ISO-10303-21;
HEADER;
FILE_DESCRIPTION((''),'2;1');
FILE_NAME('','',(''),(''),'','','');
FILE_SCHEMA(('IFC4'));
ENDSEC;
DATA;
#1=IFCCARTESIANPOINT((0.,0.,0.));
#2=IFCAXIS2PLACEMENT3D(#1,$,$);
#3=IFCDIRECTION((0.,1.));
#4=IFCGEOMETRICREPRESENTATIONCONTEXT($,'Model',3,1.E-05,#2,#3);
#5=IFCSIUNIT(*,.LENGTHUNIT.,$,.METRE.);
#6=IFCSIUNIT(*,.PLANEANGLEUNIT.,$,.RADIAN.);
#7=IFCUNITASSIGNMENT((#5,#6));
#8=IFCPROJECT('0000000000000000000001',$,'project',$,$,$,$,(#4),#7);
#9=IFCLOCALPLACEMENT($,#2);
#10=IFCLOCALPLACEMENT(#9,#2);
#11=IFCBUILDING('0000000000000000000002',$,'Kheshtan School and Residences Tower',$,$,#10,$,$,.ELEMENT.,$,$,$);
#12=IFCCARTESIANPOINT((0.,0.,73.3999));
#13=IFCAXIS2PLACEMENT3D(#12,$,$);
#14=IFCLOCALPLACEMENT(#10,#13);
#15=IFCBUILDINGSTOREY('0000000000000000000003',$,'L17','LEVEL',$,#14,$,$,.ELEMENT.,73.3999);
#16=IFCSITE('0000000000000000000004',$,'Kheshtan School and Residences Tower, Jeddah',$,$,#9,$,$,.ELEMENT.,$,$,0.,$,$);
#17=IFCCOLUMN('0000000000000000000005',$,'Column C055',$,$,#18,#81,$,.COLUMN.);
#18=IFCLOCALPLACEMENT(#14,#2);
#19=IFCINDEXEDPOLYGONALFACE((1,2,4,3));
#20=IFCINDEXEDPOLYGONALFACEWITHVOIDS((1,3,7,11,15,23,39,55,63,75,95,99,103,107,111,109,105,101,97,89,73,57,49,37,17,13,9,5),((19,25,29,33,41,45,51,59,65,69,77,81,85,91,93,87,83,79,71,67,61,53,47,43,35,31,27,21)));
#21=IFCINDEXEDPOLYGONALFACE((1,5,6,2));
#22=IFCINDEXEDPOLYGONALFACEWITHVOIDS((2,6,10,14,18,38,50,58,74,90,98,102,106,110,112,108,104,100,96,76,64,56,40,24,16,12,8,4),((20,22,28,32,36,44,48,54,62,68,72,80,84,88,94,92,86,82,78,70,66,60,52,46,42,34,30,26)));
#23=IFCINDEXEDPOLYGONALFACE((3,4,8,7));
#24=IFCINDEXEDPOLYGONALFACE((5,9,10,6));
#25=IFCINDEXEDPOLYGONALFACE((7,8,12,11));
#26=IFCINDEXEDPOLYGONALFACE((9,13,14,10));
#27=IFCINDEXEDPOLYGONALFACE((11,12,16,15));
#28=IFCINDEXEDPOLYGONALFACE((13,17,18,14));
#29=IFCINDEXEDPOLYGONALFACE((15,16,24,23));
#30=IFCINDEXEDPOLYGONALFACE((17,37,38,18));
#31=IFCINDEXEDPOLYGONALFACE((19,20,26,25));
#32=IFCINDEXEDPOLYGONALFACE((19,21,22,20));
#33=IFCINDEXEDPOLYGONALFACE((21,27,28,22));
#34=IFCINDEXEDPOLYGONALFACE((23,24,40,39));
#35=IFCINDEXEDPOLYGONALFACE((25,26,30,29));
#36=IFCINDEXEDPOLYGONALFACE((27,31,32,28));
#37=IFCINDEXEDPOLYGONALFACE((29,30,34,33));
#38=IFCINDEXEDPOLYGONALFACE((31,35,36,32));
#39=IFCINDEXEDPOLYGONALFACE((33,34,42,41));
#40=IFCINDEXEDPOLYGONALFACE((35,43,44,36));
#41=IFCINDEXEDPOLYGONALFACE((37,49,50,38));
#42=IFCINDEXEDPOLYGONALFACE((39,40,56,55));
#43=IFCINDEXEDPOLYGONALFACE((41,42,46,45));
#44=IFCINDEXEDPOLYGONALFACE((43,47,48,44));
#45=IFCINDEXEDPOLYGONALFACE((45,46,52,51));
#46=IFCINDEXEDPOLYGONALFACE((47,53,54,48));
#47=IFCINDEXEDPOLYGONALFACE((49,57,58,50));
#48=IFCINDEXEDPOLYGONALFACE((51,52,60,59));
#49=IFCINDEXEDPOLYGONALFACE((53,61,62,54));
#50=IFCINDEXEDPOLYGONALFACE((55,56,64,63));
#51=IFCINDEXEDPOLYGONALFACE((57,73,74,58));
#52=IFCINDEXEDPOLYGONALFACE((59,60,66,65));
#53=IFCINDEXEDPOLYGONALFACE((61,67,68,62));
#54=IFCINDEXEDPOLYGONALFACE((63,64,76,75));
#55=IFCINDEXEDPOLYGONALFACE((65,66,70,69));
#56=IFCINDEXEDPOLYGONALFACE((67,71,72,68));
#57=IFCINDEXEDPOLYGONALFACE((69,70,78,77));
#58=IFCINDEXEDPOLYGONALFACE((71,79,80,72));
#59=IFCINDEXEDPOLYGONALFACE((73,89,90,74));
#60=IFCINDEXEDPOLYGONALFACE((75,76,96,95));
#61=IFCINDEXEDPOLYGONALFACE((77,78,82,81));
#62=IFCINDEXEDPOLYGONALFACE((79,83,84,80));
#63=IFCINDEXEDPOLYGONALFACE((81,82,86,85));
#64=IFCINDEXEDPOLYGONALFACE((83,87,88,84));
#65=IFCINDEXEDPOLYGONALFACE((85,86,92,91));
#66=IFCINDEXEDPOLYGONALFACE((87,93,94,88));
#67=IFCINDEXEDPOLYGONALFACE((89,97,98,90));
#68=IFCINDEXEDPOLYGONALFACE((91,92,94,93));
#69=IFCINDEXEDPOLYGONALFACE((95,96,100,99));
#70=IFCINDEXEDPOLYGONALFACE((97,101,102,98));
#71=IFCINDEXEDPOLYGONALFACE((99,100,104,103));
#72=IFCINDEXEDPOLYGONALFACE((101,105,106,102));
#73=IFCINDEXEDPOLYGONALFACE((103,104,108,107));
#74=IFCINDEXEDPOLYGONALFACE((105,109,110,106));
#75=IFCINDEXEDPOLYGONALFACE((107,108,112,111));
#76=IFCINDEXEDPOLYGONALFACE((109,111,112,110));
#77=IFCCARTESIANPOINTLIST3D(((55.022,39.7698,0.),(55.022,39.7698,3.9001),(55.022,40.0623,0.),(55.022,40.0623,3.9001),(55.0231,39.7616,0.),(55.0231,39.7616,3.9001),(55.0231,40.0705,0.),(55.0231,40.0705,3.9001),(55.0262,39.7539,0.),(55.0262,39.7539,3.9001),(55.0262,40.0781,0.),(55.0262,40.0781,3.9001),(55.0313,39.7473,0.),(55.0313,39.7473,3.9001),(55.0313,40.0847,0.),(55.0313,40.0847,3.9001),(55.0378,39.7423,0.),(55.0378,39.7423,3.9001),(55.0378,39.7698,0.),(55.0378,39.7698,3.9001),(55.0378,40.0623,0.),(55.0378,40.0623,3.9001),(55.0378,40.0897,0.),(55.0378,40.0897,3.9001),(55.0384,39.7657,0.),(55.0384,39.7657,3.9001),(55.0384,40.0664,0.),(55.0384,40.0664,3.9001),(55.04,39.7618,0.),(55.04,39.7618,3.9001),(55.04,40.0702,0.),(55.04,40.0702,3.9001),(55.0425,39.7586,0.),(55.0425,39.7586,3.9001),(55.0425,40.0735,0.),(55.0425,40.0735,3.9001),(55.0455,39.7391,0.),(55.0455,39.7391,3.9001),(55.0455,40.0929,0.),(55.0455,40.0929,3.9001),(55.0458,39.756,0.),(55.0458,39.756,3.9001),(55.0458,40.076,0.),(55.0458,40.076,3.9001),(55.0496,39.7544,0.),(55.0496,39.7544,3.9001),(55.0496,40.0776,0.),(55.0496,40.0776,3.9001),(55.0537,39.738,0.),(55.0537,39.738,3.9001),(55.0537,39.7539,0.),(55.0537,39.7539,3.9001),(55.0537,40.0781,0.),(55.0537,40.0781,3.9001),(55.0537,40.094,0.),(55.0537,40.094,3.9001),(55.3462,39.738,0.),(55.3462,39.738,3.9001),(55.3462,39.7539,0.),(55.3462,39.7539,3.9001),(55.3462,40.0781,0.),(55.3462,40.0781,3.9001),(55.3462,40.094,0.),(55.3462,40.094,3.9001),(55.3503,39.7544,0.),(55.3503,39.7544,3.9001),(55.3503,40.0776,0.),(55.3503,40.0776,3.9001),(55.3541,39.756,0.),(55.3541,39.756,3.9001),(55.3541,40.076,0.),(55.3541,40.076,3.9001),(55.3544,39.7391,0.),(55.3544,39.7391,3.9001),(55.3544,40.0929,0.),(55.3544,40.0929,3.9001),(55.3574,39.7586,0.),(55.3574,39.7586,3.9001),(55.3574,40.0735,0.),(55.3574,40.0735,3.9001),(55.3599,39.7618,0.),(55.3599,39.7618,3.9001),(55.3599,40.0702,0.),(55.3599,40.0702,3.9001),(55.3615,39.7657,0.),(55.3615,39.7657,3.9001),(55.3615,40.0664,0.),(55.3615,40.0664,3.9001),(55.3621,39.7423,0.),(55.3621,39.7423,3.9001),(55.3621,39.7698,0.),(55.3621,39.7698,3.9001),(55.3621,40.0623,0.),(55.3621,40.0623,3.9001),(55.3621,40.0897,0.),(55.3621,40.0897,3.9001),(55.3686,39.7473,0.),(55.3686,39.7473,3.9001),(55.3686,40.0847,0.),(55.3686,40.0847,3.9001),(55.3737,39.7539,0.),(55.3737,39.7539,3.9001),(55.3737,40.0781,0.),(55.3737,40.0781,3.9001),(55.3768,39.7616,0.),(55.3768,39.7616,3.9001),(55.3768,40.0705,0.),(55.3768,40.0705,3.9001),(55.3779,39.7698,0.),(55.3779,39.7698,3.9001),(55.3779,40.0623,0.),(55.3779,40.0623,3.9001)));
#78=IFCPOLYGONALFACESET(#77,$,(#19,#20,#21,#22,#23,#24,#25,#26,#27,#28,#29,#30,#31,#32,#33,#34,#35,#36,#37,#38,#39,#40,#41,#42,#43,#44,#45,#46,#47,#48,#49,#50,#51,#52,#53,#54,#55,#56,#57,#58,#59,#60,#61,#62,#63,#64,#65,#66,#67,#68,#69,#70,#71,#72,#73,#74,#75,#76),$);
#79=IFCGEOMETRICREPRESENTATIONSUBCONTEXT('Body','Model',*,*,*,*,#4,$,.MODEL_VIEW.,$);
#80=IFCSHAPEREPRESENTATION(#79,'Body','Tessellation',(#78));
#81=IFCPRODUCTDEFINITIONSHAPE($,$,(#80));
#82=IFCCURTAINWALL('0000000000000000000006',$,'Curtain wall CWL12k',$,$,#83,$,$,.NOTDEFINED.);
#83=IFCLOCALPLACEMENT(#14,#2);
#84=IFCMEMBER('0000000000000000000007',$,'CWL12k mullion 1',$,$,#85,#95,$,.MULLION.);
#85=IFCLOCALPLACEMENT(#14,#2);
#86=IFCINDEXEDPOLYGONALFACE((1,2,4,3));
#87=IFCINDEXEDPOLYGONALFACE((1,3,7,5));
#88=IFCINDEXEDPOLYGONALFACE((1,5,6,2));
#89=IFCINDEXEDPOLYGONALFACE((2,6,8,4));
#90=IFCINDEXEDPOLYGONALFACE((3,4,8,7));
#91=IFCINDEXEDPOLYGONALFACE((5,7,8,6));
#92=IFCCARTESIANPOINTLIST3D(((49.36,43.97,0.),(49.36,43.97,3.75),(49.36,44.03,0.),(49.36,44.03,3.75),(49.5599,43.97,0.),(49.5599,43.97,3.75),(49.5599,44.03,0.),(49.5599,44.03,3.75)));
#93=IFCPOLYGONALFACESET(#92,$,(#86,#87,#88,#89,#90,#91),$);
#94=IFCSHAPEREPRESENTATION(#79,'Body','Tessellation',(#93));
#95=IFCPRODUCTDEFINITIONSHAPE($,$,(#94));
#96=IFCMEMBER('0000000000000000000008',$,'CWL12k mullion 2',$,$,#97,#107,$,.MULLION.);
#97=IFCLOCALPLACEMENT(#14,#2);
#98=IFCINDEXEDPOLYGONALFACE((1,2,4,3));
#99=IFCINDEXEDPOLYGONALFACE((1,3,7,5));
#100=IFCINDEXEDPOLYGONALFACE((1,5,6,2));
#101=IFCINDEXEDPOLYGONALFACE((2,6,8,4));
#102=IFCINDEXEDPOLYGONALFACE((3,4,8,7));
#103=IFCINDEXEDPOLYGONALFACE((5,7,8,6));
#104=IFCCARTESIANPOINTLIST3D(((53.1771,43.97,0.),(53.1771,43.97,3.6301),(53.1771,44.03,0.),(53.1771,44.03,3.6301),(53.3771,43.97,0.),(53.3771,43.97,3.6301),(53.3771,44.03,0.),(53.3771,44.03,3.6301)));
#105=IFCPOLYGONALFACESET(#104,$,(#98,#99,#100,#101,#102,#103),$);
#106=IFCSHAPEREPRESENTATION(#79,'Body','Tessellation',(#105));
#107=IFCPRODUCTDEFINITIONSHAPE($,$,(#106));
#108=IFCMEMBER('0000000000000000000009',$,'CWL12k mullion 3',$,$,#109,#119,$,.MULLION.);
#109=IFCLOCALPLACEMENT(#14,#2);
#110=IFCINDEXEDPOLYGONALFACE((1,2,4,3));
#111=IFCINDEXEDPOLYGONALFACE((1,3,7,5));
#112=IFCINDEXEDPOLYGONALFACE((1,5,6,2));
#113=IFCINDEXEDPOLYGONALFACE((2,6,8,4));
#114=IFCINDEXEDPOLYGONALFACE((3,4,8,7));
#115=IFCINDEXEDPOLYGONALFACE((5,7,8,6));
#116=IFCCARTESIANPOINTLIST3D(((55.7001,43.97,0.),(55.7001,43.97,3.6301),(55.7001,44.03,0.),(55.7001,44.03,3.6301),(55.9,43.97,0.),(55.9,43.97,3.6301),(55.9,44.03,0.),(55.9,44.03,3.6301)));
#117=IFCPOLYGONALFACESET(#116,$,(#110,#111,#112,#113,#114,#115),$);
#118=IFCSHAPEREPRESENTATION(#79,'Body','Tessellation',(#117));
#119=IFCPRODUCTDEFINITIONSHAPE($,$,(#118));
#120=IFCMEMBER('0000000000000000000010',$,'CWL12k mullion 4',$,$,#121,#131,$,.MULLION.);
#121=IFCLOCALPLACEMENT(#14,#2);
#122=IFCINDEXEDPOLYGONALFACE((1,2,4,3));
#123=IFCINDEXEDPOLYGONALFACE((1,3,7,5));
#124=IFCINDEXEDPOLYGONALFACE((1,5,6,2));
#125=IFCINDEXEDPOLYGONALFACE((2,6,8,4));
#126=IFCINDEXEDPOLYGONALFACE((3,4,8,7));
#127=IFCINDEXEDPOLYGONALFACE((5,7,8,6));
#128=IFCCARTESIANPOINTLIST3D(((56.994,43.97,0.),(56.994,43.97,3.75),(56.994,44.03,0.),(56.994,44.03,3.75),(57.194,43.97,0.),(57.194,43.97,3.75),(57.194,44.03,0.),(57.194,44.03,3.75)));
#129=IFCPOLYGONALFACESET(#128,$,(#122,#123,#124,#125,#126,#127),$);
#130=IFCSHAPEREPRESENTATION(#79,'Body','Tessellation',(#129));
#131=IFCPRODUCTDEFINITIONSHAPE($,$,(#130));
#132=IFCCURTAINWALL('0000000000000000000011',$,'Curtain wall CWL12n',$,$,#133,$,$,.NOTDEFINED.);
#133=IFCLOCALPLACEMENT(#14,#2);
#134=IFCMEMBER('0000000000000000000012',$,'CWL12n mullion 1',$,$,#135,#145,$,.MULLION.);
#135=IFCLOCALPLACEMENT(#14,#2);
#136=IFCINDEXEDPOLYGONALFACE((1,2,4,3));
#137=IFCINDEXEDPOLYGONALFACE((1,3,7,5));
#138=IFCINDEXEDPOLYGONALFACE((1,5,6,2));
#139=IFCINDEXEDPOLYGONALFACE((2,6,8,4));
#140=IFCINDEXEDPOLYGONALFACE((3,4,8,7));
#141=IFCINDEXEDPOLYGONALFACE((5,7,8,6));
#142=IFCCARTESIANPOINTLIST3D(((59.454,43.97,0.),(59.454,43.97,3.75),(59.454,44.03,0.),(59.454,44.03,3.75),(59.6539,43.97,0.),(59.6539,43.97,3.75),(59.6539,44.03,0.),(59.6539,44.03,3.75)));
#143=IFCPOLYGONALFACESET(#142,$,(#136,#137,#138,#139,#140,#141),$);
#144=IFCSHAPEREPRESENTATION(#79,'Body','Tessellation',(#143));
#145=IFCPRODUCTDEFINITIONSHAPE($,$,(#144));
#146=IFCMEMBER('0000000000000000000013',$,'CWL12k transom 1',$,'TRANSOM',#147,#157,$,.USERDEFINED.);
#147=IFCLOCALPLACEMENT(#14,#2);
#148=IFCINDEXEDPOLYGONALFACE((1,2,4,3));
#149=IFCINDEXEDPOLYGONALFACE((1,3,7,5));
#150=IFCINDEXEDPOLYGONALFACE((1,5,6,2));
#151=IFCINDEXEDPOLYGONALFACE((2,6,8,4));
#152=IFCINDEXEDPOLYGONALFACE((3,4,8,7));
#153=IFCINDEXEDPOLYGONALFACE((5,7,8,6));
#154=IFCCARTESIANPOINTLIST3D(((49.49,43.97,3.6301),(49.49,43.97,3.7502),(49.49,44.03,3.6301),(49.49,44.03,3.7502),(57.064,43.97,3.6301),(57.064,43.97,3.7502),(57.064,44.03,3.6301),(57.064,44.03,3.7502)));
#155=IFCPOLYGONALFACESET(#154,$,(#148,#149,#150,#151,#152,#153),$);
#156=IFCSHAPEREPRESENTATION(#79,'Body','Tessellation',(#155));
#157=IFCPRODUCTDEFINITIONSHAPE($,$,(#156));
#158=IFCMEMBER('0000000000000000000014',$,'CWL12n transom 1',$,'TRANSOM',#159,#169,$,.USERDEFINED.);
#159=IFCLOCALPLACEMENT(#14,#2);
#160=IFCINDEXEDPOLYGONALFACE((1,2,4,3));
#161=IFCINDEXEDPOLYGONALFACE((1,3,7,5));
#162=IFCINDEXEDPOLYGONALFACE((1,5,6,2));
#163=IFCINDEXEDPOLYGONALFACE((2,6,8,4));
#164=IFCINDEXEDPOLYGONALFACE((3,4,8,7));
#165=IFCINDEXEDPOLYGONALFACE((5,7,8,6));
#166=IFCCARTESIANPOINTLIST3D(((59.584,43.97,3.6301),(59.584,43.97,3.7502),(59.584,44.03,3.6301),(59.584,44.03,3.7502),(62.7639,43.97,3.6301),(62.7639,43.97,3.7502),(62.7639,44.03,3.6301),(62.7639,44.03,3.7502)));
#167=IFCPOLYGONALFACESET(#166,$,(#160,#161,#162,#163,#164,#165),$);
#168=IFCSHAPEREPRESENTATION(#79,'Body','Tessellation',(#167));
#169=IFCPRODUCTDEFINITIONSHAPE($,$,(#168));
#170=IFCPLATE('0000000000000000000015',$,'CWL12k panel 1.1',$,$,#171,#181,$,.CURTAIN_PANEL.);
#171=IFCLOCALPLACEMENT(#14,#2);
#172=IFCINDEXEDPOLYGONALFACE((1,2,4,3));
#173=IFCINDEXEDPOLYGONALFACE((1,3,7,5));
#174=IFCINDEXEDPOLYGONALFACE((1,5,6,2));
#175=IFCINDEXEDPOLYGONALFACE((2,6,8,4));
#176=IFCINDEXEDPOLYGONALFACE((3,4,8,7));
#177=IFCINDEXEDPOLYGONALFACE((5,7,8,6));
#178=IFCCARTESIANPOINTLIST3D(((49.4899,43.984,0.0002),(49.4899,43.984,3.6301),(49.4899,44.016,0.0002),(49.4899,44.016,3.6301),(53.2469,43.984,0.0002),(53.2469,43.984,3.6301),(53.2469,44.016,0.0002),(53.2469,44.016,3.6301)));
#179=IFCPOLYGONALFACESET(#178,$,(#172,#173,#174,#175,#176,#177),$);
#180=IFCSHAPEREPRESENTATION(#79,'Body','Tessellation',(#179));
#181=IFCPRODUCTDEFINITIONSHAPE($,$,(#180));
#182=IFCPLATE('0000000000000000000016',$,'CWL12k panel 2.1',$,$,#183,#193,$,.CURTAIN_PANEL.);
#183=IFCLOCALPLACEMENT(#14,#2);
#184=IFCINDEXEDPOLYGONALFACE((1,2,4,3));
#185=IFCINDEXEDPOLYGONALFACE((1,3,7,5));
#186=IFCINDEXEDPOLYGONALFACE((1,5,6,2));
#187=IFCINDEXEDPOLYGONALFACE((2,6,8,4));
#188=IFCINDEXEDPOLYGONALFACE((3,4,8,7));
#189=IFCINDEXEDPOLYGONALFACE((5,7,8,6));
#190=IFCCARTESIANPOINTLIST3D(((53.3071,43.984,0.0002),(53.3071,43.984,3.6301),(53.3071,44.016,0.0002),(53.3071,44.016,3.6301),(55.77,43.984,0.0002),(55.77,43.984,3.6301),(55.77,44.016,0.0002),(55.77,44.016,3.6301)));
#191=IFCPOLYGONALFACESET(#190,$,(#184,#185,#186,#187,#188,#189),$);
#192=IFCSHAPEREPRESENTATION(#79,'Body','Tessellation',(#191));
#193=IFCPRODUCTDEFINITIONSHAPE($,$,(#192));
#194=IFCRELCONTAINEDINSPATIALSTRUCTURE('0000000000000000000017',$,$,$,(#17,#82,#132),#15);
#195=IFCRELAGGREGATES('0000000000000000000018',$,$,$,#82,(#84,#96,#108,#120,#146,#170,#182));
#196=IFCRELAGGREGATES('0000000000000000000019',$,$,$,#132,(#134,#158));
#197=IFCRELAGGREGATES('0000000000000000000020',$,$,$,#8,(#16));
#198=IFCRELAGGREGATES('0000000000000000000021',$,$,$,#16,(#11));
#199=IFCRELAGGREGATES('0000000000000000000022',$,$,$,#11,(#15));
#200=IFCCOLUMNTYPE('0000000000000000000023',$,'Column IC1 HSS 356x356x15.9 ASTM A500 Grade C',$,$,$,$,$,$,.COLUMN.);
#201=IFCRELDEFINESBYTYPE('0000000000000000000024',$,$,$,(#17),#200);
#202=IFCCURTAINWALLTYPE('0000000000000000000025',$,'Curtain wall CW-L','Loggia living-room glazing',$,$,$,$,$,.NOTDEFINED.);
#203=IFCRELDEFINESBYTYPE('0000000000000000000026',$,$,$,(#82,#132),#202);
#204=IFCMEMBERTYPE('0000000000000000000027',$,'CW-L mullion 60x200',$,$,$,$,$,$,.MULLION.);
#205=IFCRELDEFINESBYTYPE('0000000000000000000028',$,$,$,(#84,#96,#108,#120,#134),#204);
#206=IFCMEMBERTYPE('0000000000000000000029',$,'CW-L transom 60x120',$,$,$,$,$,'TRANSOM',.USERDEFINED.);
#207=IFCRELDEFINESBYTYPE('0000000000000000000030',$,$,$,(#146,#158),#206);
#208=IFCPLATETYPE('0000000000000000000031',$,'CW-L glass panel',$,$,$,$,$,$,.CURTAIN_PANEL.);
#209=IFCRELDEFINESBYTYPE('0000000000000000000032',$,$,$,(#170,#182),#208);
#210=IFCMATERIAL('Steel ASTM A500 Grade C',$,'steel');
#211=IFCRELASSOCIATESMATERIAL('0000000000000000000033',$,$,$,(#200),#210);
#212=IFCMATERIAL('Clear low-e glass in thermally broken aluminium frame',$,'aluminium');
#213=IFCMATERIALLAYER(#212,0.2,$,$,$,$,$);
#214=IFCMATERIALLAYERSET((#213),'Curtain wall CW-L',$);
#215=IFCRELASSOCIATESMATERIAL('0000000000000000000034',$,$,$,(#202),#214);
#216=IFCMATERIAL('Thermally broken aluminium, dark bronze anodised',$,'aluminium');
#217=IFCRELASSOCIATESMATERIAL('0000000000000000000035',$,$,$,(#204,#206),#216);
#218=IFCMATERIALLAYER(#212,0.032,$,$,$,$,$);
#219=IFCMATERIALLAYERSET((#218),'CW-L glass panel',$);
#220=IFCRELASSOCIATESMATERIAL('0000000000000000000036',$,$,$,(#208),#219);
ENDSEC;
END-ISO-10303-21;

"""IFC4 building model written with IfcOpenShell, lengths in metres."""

from ifc_helpers import new_model, si_unit, direction, frame, origin, origin_2d, place, context, subcontext, project, spatial, rectangle, hollow_rectangle, extrude, material, layer, layer_set, material_profile, profile_set, type_object, element, aggregate, save


model = new_model("IFC4")

# Units and contexts
model_context = context("Model", 3, precision=1e-05, world=origin(), true_north=direction((0.0, 1.0)))
body_context = subcontext(model_context, "Body", "Model", "MODEL_VIEW")
ifc_project = project(units=[si_unit("LENGTHUNIT", "METRE"), si_unit("PLANEANGLEUNIT", "RADIAN")], contexts=[model_context])

# Site, building, storey
site_placement = place(None, origin())
site = spatial("IfcSite", under=ifc_project, at=site_placement, Name="Kheshtan School and Residences Tower, Jeddah", CompositionType="ELEMENT", RefElevation=0.0)
building_placement = place(site_placement, origin())
building = spatial("IfcBuilding", under=site, at=building_placement, Name="Kheshtan School and Residences Tower", CompositionType="ELEMENT")
storey_placement = place(building_placement, frame((0.0, 0.0, 73.3999)))
storey = spatial("IfcBuildingStorey", under=building, at=storey_placement, Name="L17", Description="LEVEL", CompositionType="ELEMENT", Elevation=73.3999)

# Column
ifc_material_1 = material(Name="Steel ASTM A500 Grade C", Category="steel")
ifc_material_profile_1 = material_profile(ifc_material_1, hollow_rectangle(XDim=0.356, YDim=0.356, WallThickness=0.0159, InnerFilletRadius=0.0159, OuterFilletRadius=0.0317, at=origin_2d()), Name="HSS 356x356x15.9")
ifc_profile_set_1 = profile_set([ifc_material_profile_1], Name="Steel ASTM A500 Grade C")
column_type = type_object("IfcColumnType", Name="Column IC1 HSS 356x356x15.9 ASTM A500 Grade C", PredefinedType="COLUMN", material=ifc_profile_set_1)
column_placement = place(storey_placement, frame((55.2, 39.916, 0.0), z_axis=(0.0, 0.0, 1.0), x_axis=(1.0, 0.0, 0.0)))
element("IfcColumn", 1, at=column_placement, inside=storey, type_object=column_type, Name="Column C055", PredefinedType="COLUMN", context=body_context, shape_type="SweptSolid", body=[
    extrude(hollow_rectangle(XDim=0.356, YDim=0.356, WallThickness=0.0159, InnerFilletRadius=0.0159, OuterFilletRadius=0.0317, at=origin_2d()), origin(), (0.0, 0.0, 1.0), 3.9001),
])

# Curtain wall, members
ifc_material_2 = material(Name="Clear low-e glass in thermally broken aluminium frame", Category="aluminium")
ifc_layer_1 = layer(ifc_material_2, 0.2)
ifc_layer_set_1 = layer_set([ifc_layer_1], Name="Curtain wall CW-L")
curtain_wall_type = type_object("IfcCurtainWallType", Name="Curtain wall CW-L", Description="Loggia living-room glazing", PredefinedType="NOTDEFINED", material=ifc_layer_set_1)
curtain_wall_1_placement = place(storey_placement, origin())
curtain_wall_1 = element("IfcCurtainWall", 2, at=curtain_wall_1_placement, inside=storey, type_object=curtain_wall_type, Name="Curtain wall CWL12k", PredefinedType="NOTDEFINED")
ifc_material_3 = material(Name="Thermally broken aluminium, dark bronze anodised", Category="aluminium")
ifc_material_profile_2 = material_profile(ifc_material_3, rectangle(XDim=0.0601, YDim=0.2, at=origin_2d()), Name="CW-L mullion 60x200")
ifc_profile_set_2 = profile_set([ifc_material_profile_2], Name="Thermally broken aluminium, dark bronze anodised")
member_type_1 = type_object("IfcMemberType", Name="CW-L mullion 60x200", PredefinedType="MULLION", material=ifc_profile_set_2)
member_1_placement = place(storey_placement, frame((49.46, 44.0, 0.0), z_axis=(0.0, 0.0, 1.0), x_axis=(0.0, 1.0, 0.0)))
member_1 = element("IfcMember", 3, at=member_1_placement, type_object=member_type_1, Name="CWL12k mullion 1", PredefinedType="MULLION", context=body_context, shape_type="SweptSolid", body=[
    extrude(rectangle(XDim=0.0601, YDim=0.2, at=origin_2d()), origin(), (0.0, 0.0, 1.0), 3.75),
])
member_2_placement = place(storey_placement, frame((53.2771, 44.0, 0.0), z_axis=(0.0, 0.0, 1.0), x_axis=(0.0, 1.0, 0.0)))
member_2 = element("IfcMember", 4, at=member_2_placement, type_object=member_type_1, Name="CWL12k mullion 2", PredefinedType="MULLION", context=body_context, shape_type="SweptSolid", body=[
    extrude(rectangle(XDim=0.0601, YDim=0.2, at=origin_2d()), origin(), (0.0, 0.0, 1.0), 3.6301),
])
member_3_placement = place(storey_placement, frame((55.8, 44.0, 0.0), z_axis=(0.0, 0.0, 1.0), x_axis=(0.0, 1.0, 0.0)))
member_3 = element("IfcMember", 5, at=member_3_placement, type_object=member_type_1, Name="CWL12k mullion 3", PredefinedType="MULLION", context=body_context, shape_type="SweptSolid", body=[
    extrude(rectangle(XDim=0.0601, YDim=0.2, at=origin_2d()), origin(), (0.0, 0.0, 1.0), 3.6301),
])
member_4_placement = place(storey_placement, frame((57.094, 44.0, 0.0), z_axis=(0.0, 0.0, 1.0), x_axis=(0.0, 1.0, 0.0)))
member_4 = element("IfcMember", 6, at=member_4_placement, type_object=member_type_1, Name="CWL12k mullion 4", PredefinedType="MULLION", context=body_context, shape_type="SweptSolid", body=[
    extrude(rectangle(XDim=0.0601, YDim=0.2, at=origin_2d()), origin(), (0.0, 0.0, 1.0), 3.75),
])

# Curtain wall, member
curtain_wall_2_placement = place(storey_placement, origin())
curtain_wall_2 = element("IfcCurtainWall", 7, at=curtain_wall_2_placement, inside=storey, type_object=curtain_wall_type, Name="Curtain wall CWL12n", PredefinedType="NOTDEFINED")
member_5_placement = place(storey_placement, frame((59.554, 44.0, 0.0), z_axis=(0.0, 0.0, 1.0), x_axis=(0.0, 1.0, 0.0)))
member_5 = element("IfcMember", 8, at=member_5_placement, type_object=member_type_1, Name="CWL12n mullion 1", PredefinedType="MULLION", context=body_context, shape_type="SweptSolid", body=[
    extrude(rectangle(XDim=0.0601, YDim=0.2, at=origin_2d()), origin(), (0.0, 0.0, 1.0), 3.75),
])

# Members
ifc_material_profile_3 = material_profile(ifc_material_3, rectangle(XDim=0.0601, YDim=0.1201, at=origin_2d()), Name="CW-L transom 60x120")
ifc_profile_set_3 = profile_set([ifc_material_profile_3], Name="Thermally broken aluminium, dark bronze anodised")
member_type_2 = type_object("IfcMemberType", Name="CW-L transom 60x120", ElementType="TRANSOM", PredefinedType="USERDEFINED", material=ifc_profile_set_3)
member_6_placement = place(storey_placement, frame((49.49, 44.0, 3.6902), z_axis=(1.0, 0.0, 0.0), x_axis=(0.0, 1.0, 0.0)))
member_6 = element("IfcMember", 9, at=member_6_placement, type_object=member_type_2, Name="CWL12k transom 1", ObjectType="TRANSOM", PredefinedType="USERDEFINED", context=body_context, shape_type="SweptSolid", body=[
    extrude(rectangle(XDim=0.0601, YDim=0.1201, at=origin_2d()), origin(), (0.0, 0.0, 1.0), 7.574),
])
member_7_placement = place(storey_placement, frame((59.584, 44.0, 3.6902), z_axis=(1.0, 0.0, 0.0), x_axis=(0.0, 1.0, 0.0)))
member_7 = element("IfcMember", 10, at=member_7_placement, type_object=member_type_2, Name="CWL12n transom 1", ObjectType="TRANSOM", PredefinedType="USERDEFINED", context=body_context, shape_type="SweptSolid", body=[
    extrude(rectangle(XDim=0.0601, YDim=0.1201, at=origin_2d()), origin(), (0.0, 0.0, 1.0), 3.1799),
])

# Plates
ifc_layer_2 = layer(ifc_material_2, 0.032)
ifc_layer_set_2 = layer_set([ifc_layer_2], Name="CW-L glass panel")
plate_type = type_object("IfcPlateType", Name="CW-L glass panel", PredefinedType="CURTAIN_PANEL", material=ifc_layer_set_2)
plate_1_placement = place(storey_placement, frame((51.3684, 44.0, 0.0002), z_axis=(0.0, 0.0, 1.0), x_axis=(1.0, 0.0, 0.0)))
plate_1 = element("IfcPlate", 11, at=plate_1_placement, type_object=plate_type, Name="CWL12k panel 1.1", PredefinedType="CURTAIN_PANEL", context=body_context, shape_type="SweptSolid", body=[
    extrude(rectangle(XDim=3.7571, YDim=0.032, at=origin_2d()), origin(), (0.0, 0.0, 1.0), 3.6299),
])
plate_2_placement = place(storey_placement, frame((54.5386, 44.0, 0.0002), z_axis=(0.0, 0.0, 1.0), x_axis=(1.0, 0.0, 0.0)))
plate_2 = element("IfcPlate", 12, at=plate_2_placement, type_object=plate_type, Name="CWL12k panel 2.1", PredefinedType="CURTAIN_PANEL", context=body_context, shape_type="SweptSolid", body=[
    extrude(rectangle(XDim=2.4629, YDim=0.032, at=origin_2d()), origin(), (0.0, 0.0, 1.0), 3.6299),
])
aggregate(curtain_wall_1, [member_1, member_2, member_3, member_4, member_6, plate_1, plate_2])
aggregate(curtain_wall_2, [member_5, member_7])

save(model, "model.ifc")
